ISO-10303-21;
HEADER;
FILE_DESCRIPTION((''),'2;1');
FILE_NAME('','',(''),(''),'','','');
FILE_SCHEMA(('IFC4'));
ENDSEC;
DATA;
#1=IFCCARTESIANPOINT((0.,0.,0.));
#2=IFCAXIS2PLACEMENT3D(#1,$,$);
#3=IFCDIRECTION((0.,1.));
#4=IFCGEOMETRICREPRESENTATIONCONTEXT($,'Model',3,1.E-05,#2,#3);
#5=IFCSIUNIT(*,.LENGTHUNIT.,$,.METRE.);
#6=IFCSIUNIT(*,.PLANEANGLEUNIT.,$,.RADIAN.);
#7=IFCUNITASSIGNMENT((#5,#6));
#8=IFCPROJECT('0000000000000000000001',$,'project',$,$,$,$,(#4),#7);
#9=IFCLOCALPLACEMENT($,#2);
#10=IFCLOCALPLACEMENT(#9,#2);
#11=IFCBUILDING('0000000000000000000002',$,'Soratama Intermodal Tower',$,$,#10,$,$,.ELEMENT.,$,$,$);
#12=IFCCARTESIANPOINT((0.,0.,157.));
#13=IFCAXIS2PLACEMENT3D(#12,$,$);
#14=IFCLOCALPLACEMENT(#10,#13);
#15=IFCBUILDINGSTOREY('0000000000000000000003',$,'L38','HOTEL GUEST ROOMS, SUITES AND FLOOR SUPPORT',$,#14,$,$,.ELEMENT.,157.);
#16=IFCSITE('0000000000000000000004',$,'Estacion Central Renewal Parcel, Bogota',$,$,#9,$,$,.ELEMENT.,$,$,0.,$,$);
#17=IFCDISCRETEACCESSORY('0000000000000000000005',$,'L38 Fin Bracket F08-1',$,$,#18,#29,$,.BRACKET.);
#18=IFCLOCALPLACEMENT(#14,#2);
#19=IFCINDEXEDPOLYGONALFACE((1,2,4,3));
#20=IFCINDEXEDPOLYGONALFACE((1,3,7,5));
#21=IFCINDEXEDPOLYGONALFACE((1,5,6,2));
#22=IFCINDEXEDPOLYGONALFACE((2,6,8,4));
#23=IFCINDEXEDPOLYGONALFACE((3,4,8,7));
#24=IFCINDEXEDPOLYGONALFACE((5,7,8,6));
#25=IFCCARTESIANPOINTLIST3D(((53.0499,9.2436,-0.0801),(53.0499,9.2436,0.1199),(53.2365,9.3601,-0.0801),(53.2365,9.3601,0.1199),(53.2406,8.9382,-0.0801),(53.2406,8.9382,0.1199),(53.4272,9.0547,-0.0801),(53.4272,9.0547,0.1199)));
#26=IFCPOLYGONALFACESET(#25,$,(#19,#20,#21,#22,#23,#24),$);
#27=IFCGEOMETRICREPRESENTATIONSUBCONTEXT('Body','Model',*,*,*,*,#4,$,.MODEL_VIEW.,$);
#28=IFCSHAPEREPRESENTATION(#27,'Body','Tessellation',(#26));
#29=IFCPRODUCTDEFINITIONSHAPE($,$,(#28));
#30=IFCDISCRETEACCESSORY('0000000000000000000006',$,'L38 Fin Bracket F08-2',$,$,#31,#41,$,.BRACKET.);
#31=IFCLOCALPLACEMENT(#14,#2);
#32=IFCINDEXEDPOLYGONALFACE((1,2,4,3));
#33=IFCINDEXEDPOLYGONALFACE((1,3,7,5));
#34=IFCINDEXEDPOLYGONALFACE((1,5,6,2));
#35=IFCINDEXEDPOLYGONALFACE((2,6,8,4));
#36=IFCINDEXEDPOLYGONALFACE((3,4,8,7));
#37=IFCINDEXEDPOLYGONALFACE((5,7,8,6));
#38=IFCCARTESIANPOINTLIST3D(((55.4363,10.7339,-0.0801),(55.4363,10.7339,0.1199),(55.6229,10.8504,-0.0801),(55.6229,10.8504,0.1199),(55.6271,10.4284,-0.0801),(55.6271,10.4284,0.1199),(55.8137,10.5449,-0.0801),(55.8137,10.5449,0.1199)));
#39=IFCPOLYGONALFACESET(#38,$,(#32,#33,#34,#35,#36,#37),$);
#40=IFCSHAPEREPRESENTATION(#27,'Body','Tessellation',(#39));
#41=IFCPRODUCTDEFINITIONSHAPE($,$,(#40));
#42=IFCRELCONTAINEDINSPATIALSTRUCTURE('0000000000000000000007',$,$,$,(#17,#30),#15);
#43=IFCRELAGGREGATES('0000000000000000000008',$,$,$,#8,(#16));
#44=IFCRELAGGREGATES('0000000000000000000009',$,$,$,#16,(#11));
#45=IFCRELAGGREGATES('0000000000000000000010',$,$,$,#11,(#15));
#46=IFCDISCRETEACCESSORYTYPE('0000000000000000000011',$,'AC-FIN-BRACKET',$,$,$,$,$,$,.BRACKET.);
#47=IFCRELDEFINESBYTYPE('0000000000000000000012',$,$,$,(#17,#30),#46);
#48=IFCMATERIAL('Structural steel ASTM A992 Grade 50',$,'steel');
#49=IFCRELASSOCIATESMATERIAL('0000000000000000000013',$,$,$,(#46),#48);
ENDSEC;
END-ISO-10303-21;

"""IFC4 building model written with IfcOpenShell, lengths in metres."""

from ifc_helpers import new_model, si_unit, direction, frame, origin, origin_2d, place, context, subcontext, project, spatial, rectangle, extrude, material, type_object, element, save


model = new_model("IFC4")

# Units and contexts
model_context = context("Model", 3, precision=1e-05, world=origin(), true_north=direction((0.0, 1.0)))
body_context = subcontext(model_context, "Body", "Model", "MODEL_VIEW")
ifc_project = project(units=[si_unit("LENGTHUNIT", "METRE"), si_unit("PLANEANGLEUNIT", "RADIAN")], contexts=[model_context])

# Site, building, storey
site_placement = place(None, origin())
site = spatial("IfcSite", under=ifc_project, at=site_placement, Name="Estacion Central Renewal Parcel, Bogota", CompositionType="ELEMENT", RefElevation=0.0)
building_placement = place(site_placement, origin())
building = spatial("IfcBuilding", under=site, at=building_placement, Name="Soratama Intermodal Tower", CompositionType="ELEMENT")
storey_placement = place(building_placement, frame((0.0, 0.0, 157.0)))
storey = spatial("IfcBuildingStorey", under=building, at=storey_placement, Name="L38", Description="HOTEL GUEST ROOMS, SUITES AND FLOOR SUPPORT", CompositionType="ELEMENT", Elevation=157.0)

# Discrete accessories
ifc_material_1 = material(Name="Structural steel ASTM A992 Grade 50", Category="steel")
discrete_accessory_type = type_object("IfcDiscreteAccessoryType", Name="AC-FIN-BRACKET", PredefinedType="BRACKET", material=ifc_material_1)
for number, where, z_axis, x_axis, name in (
    (1, (53.2385, 9.1492, -0.0801), (0.0, 0.0, 1.0), (0.529623, -0.848233, 0.0), "L38 Fin Bracket F08-1"),
    (2, (55.625, 10.6394, -0.0801), (0.0, 0.0, 1.0), (0.529623, -0.848233, 0.0), "L38 Fin Bracket F08-2"),
):
    element("IfcDiscreteAccessory", number, at=place(storey_placement, frame(where, z_axis=z_axis, x_axis=x_axis)), inside=storey, type_object=discrete_accessory_type, Name=name, PredefinedType="BRACKET", context=body_context, shape_type="SweptSolid", body=[
        extrude(rectangle(XDim=0.3601, YDim=0.22, at=origin_2d()), origin(), (0.0, 0.0, 1.0), 0.2),
    ])

save(model, "model.ifc")
